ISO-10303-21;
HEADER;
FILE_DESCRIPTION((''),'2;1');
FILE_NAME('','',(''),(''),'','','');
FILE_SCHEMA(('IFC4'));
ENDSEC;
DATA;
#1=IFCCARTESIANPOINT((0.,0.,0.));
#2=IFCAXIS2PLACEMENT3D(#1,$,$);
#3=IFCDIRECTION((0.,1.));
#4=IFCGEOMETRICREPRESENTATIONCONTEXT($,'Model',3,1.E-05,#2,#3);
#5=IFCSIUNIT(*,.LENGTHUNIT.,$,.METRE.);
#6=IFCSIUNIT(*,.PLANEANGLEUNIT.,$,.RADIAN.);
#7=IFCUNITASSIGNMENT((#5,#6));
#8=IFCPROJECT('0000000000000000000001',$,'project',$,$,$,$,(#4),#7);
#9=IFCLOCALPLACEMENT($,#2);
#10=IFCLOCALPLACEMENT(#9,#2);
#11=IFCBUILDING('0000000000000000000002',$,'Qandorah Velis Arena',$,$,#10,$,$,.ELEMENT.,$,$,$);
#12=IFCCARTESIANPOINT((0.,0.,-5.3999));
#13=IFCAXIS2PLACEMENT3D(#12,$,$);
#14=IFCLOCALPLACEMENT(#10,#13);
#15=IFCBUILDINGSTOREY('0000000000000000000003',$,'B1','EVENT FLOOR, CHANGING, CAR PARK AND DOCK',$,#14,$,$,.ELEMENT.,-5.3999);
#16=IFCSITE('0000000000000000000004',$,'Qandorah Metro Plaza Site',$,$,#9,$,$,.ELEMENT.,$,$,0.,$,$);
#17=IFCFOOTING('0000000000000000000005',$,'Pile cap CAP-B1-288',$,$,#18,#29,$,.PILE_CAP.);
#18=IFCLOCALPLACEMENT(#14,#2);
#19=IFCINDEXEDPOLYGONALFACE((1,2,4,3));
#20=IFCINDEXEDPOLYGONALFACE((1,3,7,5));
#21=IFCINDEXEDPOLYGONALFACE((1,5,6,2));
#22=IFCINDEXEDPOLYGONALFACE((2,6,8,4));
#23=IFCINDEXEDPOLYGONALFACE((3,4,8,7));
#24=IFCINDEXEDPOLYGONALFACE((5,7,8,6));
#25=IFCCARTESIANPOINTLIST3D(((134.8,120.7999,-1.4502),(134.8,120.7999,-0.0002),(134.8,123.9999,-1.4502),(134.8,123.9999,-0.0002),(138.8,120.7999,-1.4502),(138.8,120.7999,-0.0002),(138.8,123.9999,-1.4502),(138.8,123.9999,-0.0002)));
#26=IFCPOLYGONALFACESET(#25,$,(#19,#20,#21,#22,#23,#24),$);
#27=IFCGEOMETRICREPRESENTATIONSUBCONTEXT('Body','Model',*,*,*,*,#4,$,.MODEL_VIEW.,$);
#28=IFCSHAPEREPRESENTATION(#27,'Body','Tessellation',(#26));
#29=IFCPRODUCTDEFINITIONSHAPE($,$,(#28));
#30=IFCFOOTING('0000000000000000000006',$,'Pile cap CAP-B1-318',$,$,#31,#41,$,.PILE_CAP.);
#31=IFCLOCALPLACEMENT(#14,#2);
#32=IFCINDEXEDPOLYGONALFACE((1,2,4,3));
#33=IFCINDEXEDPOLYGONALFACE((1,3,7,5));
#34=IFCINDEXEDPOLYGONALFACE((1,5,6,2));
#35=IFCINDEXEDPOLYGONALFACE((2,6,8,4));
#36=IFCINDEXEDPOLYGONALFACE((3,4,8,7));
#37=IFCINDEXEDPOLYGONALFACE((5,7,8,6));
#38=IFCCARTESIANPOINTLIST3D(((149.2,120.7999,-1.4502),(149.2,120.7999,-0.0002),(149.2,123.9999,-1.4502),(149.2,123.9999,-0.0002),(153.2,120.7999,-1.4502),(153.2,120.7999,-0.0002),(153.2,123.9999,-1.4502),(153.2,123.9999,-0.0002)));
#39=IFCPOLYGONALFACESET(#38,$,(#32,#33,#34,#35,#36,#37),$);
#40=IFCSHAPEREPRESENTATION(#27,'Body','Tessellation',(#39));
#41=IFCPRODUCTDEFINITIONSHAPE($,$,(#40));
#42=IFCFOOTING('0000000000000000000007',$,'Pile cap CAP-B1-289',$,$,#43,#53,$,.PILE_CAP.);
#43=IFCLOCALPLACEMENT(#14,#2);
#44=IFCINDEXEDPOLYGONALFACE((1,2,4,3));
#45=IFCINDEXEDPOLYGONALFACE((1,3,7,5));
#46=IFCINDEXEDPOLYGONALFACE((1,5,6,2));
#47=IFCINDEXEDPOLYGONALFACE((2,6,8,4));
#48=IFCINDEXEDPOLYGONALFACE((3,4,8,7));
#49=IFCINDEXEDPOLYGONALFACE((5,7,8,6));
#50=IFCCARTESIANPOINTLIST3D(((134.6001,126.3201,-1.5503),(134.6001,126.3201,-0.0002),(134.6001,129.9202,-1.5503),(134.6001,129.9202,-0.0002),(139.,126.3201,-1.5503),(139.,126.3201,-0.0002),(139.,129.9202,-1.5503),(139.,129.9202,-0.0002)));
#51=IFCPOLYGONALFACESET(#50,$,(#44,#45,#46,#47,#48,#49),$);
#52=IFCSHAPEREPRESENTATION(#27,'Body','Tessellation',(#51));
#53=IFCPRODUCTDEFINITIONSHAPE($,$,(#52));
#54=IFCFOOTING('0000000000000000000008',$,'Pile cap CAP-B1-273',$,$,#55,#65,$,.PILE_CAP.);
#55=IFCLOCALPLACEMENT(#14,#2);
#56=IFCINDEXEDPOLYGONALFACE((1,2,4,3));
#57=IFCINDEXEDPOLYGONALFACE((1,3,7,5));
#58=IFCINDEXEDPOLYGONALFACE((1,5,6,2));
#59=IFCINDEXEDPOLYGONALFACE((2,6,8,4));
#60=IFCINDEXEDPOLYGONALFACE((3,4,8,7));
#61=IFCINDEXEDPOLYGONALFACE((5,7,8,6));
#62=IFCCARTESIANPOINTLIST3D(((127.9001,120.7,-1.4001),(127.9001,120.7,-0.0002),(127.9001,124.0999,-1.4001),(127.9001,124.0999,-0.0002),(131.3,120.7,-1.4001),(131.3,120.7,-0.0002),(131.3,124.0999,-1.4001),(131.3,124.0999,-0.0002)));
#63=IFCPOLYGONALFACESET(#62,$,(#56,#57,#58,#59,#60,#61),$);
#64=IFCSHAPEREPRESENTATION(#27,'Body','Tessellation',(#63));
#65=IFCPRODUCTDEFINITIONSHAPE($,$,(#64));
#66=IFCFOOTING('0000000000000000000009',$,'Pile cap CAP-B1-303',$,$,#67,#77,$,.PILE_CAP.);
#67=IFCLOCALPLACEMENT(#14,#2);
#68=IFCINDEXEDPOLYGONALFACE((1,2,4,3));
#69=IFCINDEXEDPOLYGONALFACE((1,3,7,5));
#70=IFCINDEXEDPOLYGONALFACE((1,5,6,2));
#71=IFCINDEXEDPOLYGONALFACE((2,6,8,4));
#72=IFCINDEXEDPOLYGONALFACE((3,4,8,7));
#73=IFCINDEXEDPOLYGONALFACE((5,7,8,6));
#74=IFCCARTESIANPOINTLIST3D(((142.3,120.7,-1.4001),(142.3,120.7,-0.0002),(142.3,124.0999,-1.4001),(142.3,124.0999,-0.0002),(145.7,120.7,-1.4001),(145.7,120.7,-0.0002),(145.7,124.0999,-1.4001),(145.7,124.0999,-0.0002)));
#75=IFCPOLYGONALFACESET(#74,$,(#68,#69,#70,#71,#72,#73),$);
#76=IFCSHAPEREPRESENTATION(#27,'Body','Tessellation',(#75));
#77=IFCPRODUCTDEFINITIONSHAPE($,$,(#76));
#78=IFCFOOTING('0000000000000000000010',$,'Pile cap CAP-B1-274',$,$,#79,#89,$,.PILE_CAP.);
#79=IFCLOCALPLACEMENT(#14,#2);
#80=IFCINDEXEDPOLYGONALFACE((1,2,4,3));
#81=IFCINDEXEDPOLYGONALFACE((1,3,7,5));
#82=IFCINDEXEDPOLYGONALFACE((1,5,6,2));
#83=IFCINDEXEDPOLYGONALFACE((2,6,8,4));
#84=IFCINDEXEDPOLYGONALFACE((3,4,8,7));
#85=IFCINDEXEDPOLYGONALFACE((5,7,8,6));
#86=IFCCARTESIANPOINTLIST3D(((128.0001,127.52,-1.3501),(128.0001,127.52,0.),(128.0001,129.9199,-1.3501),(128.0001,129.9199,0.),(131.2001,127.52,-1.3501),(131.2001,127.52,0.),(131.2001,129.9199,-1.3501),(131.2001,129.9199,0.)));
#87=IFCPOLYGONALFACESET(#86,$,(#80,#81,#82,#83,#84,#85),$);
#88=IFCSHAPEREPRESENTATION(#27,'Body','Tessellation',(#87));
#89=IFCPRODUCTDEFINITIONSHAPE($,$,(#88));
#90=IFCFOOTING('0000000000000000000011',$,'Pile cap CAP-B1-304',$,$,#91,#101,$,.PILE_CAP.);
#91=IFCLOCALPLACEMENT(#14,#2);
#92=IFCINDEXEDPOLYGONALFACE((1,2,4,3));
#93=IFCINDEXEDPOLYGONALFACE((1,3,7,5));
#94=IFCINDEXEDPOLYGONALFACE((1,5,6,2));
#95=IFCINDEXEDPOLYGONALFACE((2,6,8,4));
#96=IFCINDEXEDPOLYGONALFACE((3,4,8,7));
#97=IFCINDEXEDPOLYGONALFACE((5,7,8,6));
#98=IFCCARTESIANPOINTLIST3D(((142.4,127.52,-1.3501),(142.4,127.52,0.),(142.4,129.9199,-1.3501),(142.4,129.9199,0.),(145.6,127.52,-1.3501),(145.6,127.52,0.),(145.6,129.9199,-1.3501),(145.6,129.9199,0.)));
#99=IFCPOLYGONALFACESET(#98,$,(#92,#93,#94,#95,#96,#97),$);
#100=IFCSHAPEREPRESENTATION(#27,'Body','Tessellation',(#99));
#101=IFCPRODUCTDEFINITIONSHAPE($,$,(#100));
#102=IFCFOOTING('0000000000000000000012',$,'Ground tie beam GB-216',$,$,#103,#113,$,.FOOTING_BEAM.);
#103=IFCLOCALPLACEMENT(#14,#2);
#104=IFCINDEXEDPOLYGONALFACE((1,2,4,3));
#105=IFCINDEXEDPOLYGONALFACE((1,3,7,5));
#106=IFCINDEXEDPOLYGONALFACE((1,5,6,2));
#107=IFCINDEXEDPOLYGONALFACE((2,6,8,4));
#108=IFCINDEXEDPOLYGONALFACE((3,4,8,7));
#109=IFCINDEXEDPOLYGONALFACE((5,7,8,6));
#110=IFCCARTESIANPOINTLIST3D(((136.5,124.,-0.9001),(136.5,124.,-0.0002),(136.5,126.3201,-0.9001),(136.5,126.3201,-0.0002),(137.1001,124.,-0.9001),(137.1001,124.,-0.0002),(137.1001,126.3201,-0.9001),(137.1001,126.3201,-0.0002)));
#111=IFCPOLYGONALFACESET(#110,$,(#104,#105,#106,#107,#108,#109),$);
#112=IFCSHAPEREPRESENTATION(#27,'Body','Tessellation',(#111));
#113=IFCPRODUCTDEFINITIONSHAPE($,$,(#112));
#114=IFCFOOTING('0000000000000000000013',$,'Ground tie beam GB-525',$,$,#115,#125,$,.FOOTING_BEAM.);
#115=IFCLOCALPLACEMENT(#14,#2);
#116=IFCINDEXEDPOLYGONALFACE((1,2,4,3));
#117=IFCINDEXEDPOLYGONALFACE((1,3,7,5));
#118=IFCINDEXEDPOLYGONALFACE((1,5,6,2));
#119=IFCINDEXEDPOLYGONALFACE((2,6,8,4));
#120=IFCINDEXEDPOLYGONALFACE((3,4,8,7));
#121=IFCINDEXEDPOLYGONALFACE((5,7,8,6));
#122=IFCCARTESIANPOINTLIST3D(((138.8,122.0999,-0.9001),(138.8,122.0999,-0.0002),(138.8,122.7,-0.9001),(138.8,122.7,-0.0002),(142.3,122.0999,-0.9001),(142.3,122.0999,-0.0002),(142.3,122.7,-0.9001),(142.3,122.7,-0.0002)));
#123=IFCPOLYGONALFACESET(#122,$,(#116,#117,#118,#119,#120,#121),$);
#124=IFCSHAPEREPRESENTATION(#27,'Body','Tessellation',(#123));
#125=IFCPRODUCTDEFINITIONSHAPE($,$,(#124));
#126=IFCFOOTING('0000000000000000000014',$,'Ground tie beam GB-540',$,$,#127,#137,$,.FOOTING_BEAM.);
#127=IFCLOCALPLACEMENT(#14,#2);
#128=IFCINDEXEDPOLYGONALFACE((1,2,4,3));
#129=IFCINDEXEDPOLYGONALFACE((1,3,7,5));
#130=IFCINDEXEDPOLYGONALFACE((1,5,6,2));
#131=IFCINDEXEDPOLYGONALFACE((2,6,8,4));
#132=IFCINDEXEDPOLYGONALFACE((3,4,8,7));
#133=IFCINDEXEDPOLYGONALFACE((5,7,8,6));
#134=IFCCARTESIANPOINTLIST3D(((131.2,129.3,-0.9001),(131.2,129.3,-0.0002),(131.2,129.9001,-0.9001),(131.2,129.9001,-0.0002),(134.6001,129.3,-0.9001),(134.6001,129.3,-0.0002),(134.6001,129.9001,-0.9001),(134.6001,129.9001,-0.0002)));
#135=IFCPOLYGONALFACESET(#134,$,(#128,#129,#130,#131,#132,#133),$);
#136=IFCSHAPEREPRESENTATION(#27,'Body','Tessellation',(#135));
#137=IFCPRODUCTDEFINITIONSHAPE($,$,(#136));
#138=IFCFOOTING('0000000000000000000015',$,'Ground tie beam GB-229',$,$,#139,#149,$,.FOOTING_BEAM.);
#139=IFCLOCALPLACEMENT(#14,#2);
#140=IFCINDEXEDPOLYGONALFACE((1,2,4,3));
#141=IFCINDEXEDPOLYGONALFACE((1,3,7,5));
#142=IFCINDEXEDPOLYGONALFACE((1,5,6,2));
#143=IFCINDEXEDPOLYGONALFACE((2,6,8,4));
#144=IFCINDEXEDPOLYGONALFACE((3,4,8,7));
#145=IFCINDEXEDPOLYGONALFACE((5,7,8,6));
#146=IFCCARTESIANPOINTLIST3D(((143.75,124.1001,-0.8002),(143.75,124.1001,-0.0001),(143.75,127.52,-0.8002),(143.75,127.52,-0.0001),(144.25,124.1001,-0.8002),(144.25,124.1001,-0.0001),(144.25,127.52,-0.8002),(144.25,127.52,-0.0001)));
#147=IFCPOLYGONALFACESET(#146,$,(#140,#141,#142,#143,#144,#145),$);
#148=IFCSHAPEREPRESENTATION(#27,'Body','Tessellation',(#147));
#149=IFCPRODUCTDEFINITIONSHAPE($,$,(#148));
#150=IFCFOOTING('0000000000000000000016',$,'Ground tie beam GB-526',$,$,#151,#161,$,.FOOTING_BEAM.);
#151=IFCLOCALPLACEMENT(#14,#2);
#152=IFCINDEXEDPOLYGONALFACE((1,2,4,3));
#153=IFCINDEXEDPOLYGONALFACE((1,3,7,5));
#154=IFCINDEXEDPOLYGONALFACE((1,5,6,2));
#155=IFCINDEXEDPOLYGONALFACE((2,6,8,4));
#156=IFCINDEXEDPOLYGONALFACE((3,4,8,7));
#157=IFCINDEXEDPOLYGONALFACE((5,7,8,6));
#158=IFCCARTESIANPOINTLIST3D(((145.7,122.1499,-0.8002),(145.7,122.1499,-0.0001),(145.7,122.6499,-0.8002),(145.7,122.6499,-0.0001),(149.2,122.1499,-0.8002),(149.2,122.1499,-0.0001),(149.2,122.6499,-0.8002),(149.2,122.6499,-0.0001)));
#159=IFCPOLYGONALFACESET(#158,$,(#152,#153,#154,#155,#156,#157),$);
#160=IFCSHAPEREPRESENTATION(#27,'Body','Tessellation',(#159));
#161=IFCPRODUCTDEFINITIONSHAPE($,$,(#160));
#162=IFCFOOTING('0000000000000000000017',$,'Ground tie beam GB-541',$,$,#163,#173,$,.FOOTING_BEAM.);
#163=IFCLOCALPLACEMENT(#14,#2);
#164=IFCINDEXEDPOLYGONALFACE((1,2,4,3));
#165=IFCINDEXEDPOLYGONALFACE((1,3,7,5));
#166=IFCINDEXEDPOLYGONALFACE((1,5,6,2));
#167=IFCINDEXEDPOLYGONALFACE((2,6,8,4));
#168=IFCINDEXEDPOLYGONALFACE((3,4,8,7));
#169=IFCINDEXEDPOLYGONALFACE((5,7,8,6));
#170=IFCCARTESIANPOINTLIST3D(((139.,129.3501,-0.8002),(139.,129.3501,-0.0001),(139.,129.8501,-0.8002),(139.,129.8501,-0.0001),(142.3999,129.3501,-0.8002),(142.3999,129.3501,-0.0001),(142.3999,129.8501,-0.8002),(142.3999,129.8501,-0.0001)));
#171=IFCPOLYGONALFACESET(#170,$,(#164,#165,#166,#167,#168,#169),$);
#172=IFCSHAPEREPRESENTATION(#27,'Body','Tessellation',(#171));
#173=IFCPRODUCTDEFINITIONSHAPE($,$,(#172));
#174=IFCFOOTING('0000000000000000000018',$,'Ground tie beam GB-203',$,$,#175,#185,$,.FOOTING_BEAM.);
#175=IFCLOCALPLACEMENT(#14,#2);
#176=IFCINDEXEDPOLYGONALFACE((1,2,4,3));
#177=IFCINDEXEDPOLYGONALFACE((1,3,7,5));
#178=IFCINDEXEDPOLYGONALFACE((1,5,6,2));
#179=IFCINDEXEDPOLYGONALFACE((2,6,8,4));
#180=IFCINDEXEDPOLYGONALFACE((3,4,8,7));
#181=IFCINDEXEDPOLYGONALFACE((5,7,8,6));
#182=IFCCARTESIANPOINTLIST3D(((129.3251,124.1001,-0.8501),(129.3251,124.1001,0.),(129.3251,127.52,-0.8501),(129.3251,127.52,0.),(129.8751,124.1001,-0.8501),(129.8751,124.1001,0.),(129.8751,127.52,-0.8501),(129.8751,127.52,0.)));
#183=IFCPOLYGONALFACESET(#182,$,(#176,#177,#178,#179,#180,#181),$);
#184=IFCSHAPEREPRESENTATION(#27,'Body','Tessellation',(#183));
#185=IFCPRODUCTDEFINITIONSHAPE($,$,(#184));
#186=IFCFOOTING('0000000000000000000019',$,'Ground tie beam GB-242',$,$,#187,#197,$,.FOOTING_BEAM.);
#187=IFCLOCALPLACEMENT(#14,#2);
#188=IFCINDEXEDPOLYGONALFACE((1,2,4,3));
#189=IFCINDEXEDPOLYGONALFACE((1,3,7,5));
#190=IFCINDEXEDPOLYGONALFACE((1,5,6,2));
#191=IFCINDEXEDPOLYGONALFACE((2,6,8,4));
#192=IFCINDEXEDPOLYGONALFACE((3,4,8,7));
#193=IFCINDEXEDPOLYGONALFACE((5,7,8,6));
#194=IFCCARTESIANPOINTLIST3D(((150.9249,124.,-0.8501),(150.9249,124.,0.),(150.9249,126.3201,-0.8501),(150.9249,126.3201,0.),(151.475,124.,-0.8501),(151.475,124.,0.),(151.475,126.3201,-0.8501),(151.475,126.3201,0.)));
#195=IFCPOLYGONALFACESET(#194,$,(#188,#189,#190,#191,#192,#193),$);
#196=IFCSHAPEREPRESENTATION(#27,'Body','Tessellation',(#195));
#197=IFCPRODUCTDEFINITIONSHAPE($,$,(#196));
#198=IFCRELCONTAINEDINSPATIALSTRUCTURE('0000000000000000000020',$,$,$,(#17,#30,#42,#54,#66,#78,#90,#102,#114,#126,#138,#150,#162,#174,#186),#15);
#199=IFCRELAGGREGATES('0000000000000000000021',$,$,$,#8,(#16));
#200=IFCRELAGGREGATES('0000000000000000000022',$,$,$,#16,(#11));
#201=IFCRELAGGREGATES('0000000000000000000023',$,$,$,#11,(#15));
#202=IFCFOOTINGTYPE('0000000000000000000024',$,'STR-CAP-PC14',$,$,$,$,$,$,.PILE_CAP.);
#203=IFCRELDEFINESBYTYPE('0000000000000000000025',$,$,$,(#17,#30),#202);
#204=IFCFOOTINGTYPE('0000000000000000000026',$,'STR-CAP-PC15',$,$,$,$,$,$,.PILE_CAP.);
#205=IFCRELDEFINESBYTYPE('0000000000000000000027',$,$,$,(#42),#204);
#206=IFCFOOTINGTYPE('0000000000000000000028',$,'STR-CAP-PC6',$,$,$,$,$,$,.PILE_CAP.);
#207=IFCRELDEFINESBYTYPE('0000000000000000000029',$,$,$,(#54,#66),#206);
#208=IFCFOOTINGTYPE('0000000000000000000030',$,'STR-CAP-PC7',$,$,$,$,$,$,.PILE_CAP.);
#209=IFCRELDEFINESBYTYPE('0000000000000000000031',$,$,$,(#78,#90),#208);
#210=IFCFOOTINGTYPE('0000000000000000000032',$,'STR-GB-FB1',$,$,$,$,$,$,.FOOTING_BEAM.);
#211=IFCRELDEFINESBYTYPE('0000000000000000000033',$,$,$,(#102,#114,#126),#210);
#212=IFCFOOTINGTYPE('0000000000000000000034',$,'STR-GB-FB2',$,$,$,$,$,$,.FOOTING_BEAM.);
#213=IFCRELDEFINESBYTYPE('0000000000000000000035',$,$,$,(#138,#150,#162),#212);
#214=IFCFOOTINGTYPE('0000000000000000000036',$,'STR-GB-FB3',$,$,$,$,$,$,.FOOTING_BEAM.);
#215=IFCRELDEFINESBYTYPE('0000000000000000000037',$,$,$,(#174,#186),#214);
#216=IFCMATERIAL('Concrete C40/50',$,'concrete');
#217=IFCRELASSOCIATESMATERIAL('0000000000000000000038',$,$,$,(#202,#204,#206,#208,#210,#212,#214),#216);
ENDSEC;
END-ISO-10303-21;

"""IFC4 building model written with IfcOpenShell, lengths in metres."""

from ifc_helpers import new_model, si_unit, direction, frame, origin, origin_2d, place, context, subcontext, project, spatial, rectangle, extrude, material, material_profile, profile_set, type_object, element, save


model = new_model("IFC4")

# Units and contexts
model_context = context("Model", 3, precision=1e-05, world=origin(), true_north=direction((0.0, 1.0)))
body_context = subcontext(model_context, "Body", "Model", "MODEL_VIEW")
ifc_project = project(units=[si_unit("LENGTHUNIT", "METRE"), si_unit("PLANEANGLEUNIT", "RADIAN")], contexts=[model_context])

# Site, building, storey
site_placement = place(None, origin())
site = spatial("IfcSite", under=ifc_project, at=site_placement, Name="Qandorah Metro Plaza Site", CompositionType="ELEMENT", RefElevation=0.0)
building_placement = place(site_placement, origin())
building = spatial("IfcBuilding", under=site, at=building_placement, Name="Qandorah Velis Arena", CompositionType="ELEMENT")
storey_placement = place(building_placement, frame((0.0, 0.0, -5.3999)))
storey = spatial("IfcBuildingStorey", under=building, at=storey_placement, Name="B1", Description="EVENT FLOOR, CHANGING, CAR PARK AND DOCK", CompositionType="ELEMENT", Elevation=-5.3999)

# Footings
ifc_material_1 = material(Name="Concrete C40/50", Category="concrete")
footing_type_1 = type_object("IfcFootingType", Name="STR-CAP-PC14", PredefinedType="PILE_CAP", material=ifc_material_1)
for number, where, z_axis, x_axis, name in (
    (1, (136.8, 122.3999, -1.4502), (0.0, 0.0, 1.0), (1.0, 0.0, 0.0), "Pile cap CAP-B1-288"),
    (2, (151.2, 122.3999, -1.4502), (0.0, 0.0, 1.0), (1.0, 0.0, 0.0), "Pile cap CAP-B1-318"),
):
    element("IfcFooting", number, at=place(storey_placement, frame(where, z_axis=z_axis, x_axis=x_axis)), inside=storey, type_object=footing_type_1, Name=name, PredefinedType="PILE_CAP", context=body_context, shape_type="SweptSolid", body=[
        extrude(rectangle(XDim=4.0, YDim=3.2, at=origin_2d()), origin(), (0.0, 0.0, 1.0), 1.45),
    ])
footing_type_2 = type_object("IfcFootingType", Name="STR-CAP-PC15", PredefinedType="PILE_CAP", material=ifc_material_1)
footing_1_placement = place(storey_placement, frame((136.8, 128.1201, -1.5503), z_axis=(0.0, 0.0, 1.0), x_axis=(1.0, 0.0, 0.0)))
element("IfcFooting", 3, at=footing_1_placement, inside=storey, type_object=footing_type_2, Name="Pile cap CAP-B1-289", PredefinedType="PILE_CAP", context=body_context, shape_type="SweptSolid", body=[
    extrude(rectangle(XDim=4.3999, YDim=3.6001, at=origin_2d()), origin(), (0.0, 0.0, 1.0), 1.55),
])
footing_type_3 = type_object("IfcFootingType", Name="STR-CAP-PC6", PredefinedType="PILE_CAP", material=ifc_material_1)
for number, where, z_axis, x_axis, name in (
    (4, (129.6001, 122.3999, -1.4001), (0.0, 0.0, 1.0), (1.0, 0.0, 0.0), "Pile cap CAP-B1-273"),
    (5, (144.0, 122.3999, -1.4001), (0.0, 0.0, 1.0), (1.0, 0.0, 0.0), "Pile cap CAP-B1-303"),
):
    element("IfcFooting", number, at=place(storey_placement, frame(where, z_axis=z_axis, x_axis=x_axis)), inside=storey, type_object=footing_type_3, Name=name, PredefinedType="PILE_CAP", context=body_context, shape_type="SweptSolid", body=[
        extrude(rectangle(XDim=3.3999, YDim=3.3999, at=origin_2d()), origin(), (0.0, 0.0, 1.0), 1.3999),
    ])
footing_type_4 = type_object("IfcFootingType", Name="STR-CAP-PC7", PredefinedType="PILE_CAP", material=ifc_material_1)
for number, where, z_axis, x_axis, name in (
    (6, (129.6001, 128.72, -1.3501), (0.0, 0.0, 1.0), (1.0, 0.0, 0.0), "Pile cap CAP-B1-274"),
    (7, (144.0, 128.72, -1.3501), (0.0, 0.0, 1.0), (1.0, 0.0, 0.0), "Pile cap CAP-B1-304"),
):
    element("IfcFooting", number, at=place(storey_placement, frame(where, z_axis=z_axis, x_axis=x_axis)), inside=storey, type_object=footing_type_4, Name=name, PredefinedType="PILE_CAP", context=body_context, shape_type="SweptSolid", body=[
        extrude(rectangle(XDim=3.2, YDim=2.3999, at=origin_2d()), origin(), (0.0, 0.0, 1.0), 1.3501),
    ])
ifc_material_profile_1 = material_profile(ifc_material_1, rectangle(XDim=0.6001, YDim=0.8999, at=origin_2d()), Name="GB1 600x900")
ifc_profile_set_1 = profile_set([ifc_material_profile_1], Name="Concrete C40/50")
footing_type_5 = type_object("IfcFootingType", Name="STR-GB-FB1", PredefinedType="FOOTING_BEAM", material=ifc_profile_set_1)
footing_2_placement = place(storey_placement, frame((136.8, 124.0, -0.4502), z_axis=(0.0, 1.0, 0.0), x_axis=(-1.0, 0.0, 0.0)))
element("IfcFooting", 8, at=footing_2_placement, inside=storey, type_object=footing_type_5, Name="Ground tie beam GB-216", PredefinedType="FOOTING_BEAM", context=body_context, shape_type="SweptSolid", body=[
    extrude(rectangle(XDim=0.6001, YDim=0.8999, at=origin_2d()), origin(), (0.0, 0.0, 1.0), 2.3201),
])
footing_3_placement = place(storey_placement, frame((138.8, 122.3999, -0.4502), z_axis=(1.0, 0.0, 0.0), x_axis=(0.0, 1.0, 0.0)))
element("IfcFooting", 9, at=footing_3_placement, inside=storey, type_object=footing_type_5, Name="Ground tie beam GB-525", PredefinedType="FOOTING_BEAM", context=body_context, shape_type="SweptSolid", body=[
    extrude(rectangle(XDim=0.6001, YDim=0.8999, at=origin_2d()), origin(), (0.0, 0.0, 1.0), 3.5),
])
footing_4_placement = place(storey_placement, frame((131.2, 129.6001, -0.4502), z_axis=(1.0, 0.0, 0.0), x_axis=(0.0, 1.0, 0.0)))
element("IfcFooting", 10, at=footing_4_placement, inside=storey, type_object=footing_type_5, Name="Ground tie beam GB-540", PredefinedType="FOOTING_BEAM", context=body_context, shape_type="SweptSolid", body=[
    extrude(rectangle(XDim=0.6001, YDim=0.8999, at=origin_2d()), origin(), (0.0, 0.0, 1.0), 3.4001),
])
ifc_material_profile_2 = material_profile(ifc_material_1, rectangle(XDim=0.5, YDim=0.8, at=origin_2d()), Name="GB2 500x800")
ifc_profile_set_2 = profile_set([ifc_material_profile_2], Name="Concrete C40/50")
footing_type_6 = type_object("IfcFootingType", Name="STR-GB-FB2", PredefinedType="FOOTING_BEAM", material=ifc_profile_set_2)
footing_5_placement = place(storey_placement, frame((144.0, 124.1001, -0.4001), z_axis=(0.0, 1.0, 0.0), x_axis=(-1.0, 0.0, 0.0)))
element("IfcFooting", 11, at=footing_5_placement, inside=storey, type_object=footing_type_6, Name="Ground tie beam GB-229", PredefinedType="FOOTING_BEAM", context=body_context, shape_type="SweptSolid", body=[
    extrude(rectangle(XDim=0.5, YDim=0.8, at=origin_2d()), origin(), (0.0, 0.0, 1.0), 3.4199),
])
footing_6_placement = place(storey_placement, frame((145.7, 122.3999, -0.4001), z_axis=(1.0, 0.0, 0.0), x_axis=(0.0, 1.0, 0.0)))
element("IfcFooting", 12, at=footing_6_placement, inside=storey, type_object=footing_type_6, Name="Ground tie beam GB-526", PredefinedType="FOOTING_BEAM", context=body_context, shape_type="SweptSolid", body=[
    extrude(rectangle(XDim=0.5, YDim=0.8, at=origin_2d()), origin(), (0.0, 0.0, 1.0), 3.5),
])
footing_7_placement = place(storey_placement, frame((139.0, 129.6001, -0.4001), z_axis=(1.0, 0.0, 0.0), x_axis=(0.0, 1.0, 0.0)))
element("IfcFooting", 13, at=footing_7_placement, inside=storey, type_object=footing_type_6, Name="Ground tie beam GB-541", PredefinedType="FOOTING_BEAM", context=body_context, shape_type="SweptSolid", body=[
    extrude(rectangle(XDim=0.5, YDim=0.8, at=origin_2d()), origin(), (0.0, 0.0, 1.0), 3.3999),
])
ifc_material_profile_3 = material_profile(ifc_material_1, rectangle(XDim=0.55, YDim=0.8501, at=origin_2d()), Name="GB3 550x850")
ifc_profile_set_3 = profile_set([ifc_material_profile_3], Name="Concrete C40/50")
footing_type_7 = type_object("IfcFootingType", Name="STR-GB-FB3", PredefinedType="FOOTING_BEAM", material=ifc_profile_set_3)
footing_8_placement = place(storey_placement, frame((129.6001, 124.1001, -0.425), z_axis=(0.0, 1.0, 0.0), x_axis=(-1.0, 0.0, 0.0)))
element("IfcFooting", 14, at=footing_8_placement, inside=storey, type_object=footing_type_7, Name="Ground tie beam GB-203", PredefinedType="FOOTING_BEAM", context=body_context, shape_type="SweptSolid", body=[
    extrude(rectangle(XDim=0.55, YDim=0.8501, at=origin_2d()), origin(), (0.0, 0.0, 1.0), 3.4199),
])
footing_9_placement = place(storey_placement, frame((151.2, 124.0, -0.425), z_axis=(0.0, 1.0, 0.0), x_axis=(-1.0, 0.0, 0.0)))
element("IfcFooting", 15, at=footing_9_placement, inside=storey, type_object=footing_type_7, Name="Ground tie beam GB-242", PredefinedType="FOOTING_BEAM", context=body_context, shape_type="SweptSolid", body=[
    extrude(rectangle(XDim=0.55, YDim=0.8501, at=origin_2d()), origin(), (0.0, 0.0, 1.0), 2.3201),
])

save(model, "model.ifc")
